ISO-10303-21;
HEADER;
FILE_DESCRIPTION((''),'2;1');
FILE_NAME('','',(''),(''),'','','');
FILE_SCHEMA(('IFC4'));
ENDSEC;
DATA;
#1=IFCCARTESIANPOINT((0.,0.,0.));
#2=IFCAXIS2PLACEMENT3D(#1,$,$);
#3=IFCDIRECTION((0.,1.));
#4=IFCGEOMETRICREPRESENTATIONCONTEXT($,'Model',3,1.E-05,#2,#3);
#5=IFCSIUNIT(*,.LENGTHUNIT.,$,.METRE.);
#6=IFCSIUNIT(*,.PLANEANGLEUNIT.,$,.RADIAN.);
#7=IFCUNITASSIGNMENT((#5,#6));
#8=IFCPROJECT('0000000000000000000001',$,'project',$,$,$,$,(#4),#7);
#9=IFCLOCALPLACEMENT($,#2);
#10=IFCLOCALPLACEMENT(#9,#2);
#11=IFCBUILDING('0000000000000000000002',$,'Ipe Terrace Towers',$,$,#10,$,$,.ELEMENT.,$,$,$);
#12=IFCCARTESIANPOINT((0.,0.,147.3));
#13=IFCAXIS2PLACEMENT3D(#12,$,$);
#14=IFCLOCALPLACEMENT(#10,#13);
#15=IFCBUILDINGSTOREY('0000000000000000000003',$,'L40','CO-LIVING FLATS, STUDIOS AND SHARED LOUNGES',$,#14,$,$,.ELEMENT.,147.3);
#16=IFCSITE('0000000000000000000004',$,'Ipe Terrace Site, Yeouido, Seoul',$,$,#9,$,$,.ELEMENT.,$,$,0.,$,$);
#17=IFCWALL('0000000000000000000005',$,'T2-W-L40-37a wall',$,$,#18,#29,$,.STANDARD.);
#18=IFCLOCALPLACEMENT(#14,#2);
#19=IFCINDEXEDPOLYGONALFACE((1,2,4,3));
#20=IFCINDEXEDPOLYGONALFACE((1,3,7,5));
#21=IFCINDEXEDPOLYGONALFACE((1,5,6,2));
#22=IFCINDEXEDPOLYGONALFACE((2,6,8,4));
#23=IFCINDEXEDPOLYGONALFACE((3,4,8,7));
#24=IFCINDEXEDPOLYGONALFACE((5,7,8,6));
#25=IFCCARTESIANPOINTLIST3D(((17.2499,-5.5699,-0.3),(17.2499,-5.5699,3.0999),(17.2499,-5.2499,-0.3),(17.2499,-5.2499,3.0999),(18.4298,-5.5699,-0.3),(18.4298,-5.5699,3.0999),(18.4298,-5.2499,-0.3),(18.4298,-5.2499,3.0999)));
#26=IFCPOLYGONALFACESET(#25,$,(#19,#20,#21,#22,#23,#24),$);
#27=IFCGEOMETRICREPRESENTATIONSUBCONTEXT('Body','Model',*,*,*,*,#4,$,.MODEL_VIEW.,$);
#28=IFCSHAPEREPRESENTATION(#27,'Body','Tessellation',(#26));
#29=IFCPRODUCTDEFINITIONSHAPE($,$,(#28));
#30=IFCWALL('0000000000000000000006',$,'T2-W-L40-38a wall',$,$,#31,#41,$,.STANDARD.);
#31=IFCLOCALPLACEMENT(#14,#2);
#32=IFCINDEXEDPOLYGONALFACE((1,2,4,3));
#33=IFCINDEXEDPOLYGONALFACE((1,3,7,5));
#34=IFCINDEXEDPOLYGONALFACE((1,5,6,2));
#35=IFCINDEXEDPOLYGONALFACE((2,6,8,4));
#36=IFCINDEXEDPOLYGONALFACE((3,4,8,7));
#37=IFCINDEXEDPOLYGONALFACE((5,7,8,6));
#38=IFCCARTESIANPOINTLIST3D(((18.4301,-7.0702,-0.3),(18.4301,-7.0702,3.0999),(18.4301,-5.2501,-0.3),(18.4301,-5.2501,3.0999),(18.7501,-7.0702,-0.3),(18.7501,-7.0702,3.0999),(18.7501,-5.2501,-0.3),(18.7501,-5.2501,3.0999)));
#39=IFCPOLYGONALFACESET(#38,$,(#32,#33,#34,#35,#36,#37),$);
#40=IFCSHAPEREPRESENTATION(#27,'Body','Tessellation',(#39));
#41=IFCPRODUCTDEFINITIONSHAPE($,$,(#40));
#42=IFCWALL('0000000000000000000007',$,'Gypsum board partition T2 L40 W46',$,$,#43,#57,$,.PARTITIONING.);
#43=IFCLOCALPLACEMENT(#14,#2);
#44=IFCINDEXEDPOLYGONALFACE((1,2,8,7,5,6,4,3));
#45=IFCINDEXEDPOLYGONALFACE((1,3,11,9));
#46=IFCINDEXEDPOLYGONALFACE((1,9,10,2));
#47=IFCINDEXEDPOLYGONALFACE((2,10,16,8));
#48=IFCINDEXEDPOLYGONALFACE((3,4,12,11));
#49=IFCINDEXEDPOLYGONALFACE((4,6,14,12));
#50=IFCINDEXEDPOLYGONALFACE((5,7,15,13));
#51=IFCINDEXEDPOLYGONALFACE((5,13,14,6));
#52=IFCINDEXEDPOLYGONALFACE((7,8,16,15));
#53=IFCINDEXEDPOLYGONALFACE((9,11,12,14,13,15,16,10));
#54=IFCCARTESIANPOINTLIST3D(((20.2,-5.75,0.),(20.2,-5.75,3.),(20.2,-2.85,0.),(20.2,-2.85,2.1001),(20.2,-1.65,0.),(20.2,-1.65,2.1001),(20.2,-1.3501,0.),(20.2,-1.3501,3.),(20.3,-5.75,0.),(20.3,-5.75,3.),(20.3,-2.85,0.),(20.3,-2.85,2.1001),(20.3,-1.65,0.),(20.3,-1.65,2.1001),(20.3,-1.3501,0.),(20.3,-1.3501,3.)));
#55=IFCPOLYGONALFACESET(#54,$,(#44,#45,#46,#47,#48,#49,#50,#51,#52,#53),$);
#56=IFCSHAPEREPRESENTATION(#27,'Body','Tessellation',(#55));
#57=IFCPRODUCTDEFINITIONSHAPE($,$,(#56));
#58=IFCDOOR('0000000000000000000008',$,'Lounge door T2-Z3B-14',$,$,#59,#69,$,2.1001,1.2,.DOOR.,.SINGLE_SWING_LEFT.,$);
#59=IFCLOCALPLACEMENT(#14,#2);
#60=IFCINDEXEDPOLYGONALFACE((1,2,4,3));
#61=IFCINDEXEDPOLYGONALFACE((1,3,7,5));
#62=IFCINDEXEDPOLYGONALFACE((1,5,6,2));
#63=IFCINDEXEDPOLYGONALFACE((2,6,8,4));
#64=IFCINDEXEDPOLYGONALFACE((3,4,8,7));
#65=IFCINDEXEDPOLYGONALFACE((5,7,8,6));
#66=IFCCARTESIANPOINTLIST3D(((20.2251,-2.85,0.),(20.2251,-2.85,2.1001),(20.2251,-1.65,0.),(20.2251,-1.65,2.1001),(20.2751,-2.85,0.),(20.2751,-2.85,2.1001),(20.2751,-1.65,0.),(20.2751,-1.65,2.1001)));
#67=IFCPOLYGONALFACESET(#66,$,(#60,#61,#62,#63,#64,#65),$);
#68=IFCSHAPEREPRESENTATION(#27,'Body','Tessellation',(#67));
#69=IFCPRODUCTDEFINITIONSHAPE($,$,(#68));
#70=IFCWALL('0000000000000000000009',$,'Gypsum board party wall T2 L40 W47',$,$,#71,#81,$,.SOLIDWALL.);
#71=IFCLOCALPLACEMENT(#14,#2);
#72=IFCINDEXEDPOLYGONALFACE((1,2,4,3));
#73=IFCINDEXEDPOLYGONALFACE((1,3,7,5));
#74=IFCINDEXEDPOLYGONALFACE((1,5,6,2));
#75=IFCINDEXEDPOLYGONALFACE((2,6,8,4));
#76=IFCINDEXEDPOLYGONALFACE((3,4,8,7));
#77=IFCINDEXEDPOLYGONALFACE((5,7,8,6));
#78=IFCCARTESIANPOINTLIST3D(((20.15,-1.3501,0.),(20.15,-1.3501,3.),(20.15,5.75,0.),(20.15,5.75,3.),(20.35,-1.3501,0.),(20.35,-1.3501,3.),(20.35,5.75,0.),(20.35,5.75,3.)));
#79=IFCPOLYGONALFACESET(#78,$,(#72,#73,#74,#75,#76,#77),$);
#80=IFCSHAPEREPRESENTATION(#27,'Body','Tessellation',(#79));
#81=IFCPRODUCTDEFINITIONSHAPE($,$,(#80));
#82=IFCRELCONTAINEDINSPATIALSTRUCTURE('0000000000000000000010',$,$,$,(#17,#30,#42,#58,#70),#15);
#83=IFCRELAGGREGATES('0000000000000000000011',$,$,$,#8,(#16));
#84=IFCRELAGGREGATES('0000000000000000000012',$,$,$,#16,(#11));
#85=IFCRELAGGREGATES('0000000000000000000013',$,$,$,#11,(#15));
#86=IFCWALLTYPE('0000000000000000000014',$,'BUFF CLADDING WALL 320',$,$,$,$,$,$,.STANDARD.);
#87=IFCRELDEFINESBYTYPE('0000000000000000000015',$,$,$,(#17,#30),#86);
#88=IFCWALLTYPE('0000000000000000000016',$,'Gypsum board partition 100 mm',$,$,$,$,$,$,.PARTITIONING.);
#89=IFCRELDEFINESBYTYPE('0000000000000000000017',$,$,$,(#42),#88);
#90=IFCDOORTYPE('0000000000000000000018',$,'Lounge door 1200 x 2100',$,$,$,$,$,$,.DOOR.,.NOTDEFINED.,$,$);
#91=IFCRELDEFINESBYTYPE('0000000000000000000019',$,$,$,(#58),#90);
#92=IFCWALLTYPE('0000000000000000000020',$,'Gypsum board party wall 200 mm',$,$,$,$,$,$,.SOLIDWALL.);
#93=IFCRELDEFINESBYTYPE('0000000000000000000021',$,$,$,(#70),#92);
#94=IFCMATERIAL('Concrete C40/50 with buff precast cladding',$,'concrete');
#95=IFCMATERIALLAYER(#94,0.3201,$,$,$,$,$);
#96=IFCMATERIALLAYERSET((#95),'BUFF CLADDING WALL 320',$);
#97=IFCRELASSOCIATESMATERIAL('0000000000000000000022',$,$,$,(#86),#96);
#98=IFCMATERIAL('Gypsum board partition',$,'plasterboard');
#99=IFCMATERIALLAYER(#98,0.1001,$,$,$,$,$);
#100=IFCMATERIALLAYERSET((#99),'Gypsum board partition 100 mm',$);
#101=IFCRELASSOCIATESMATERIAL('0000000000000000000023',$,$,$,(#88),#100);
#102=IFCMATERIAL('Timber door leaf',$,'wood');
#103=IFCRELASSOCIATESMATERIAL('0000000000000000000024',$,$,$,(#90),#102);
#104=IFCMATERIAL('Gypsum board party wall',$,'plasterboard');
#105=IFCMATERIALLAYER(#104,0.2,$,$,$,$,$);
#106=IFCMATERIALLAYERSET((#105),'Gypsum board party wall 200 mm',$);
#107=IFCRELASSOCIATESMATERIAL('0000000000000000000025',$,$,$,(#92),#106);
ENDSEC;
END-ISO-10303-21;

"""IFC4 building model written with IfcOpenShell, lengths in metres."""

from ifc_helpers import new_model, si_unit, direction, frame, frame_2d, origin, place, context, subcontext, project, spatial, rectangle, extrude, material, layer, layer_set, type_object, element, fill, save


model = new_model("IFC4")

# Units and contexts
model_context = context("Model", 3, precision=1e-05, world=origin(), true_north=direction((0.0, 1.0)))
body_context = subcontext(model_context, "Body", "Model", "MODEL_VIEW")
ifc_project = project(units=[si_unit("LENGTHUNIT", "METRE"), si_unit("PLANEANGLEUNIT", "RADIAN")], contexts=[model_context])

# Site, building, storey
site_placement = place(None, origin())
site = spatial("IfcSite", under=ifc_project, at=site_placement, Name="Ipe Terrace Site, Yeouido, Seoul", CompositionType="ELEMENT", RefElevation=0.0)
building_placement = place(site_placement, origin())
building = spatial("IfcBuilding", under=site, at=building_placement, Name="Ipe Terrace Towers", CompositionType="ELEMENT")
storey_placement = place(building_placement, frame((0.0, 0.0, 147.3)))
storey = spatial("IfcBuildingStorey", under=building, at=storey_placement, Name="L40", Description="CO-LIVING FLATS, STUDIOS AND SHARED LOUNGES", CompositionType="ELEMENT", Elevation=147.3)

# Walls
ifc_material_1 = material(Name="Concrete C40/50 with buff precast cladding", Category="concrete")
ifc_layer_1 = layer(ifc_material_1, 0.3201)
ifc_layer_set_1 = layer_set([ifc_layer_1], Name="BUFF CLADDING WALL 320")
wall_type_1 = type_object("IfcWallType", Name="BUFF CLADDING WALL 320", PredefinedType="STANDARD", material=ifc_layer_set_1)
wall_1_placement = place(storey_placement, frame((17.25, -5.4099, -0.3), z_axis=(0.0, 0.0, 1.0), x_axis=(1.0, 0.0, 0.0)))
element("IfcWall", 1, at=wall_1_placement, inside=storey, type_object=wall_type_1, Name="T2-W-L40-37a wall", PredefinedType="STANDARD", context=body_context, shape_type="SweptSolid", body=[
    extrude(rectangle(XDim=1.1799, YDim=0.3201, at=frame_2d((0.5898, 0.0))), origin(), (0.0, 0.0, 1.0), 3.3999),
])
wall_2_placement = place(storey_placement, frame((18.5901, -5.25, -0.3), z_axis=(0.0, 0.0, 1.0), x_axis=(0.0, -1.0, 0.0)))
element("IfcWall", 2, at=wall_2_placement, inside=storey, type_object=wall_type_1, Name="T2-W-L40-38a wall", PredefinedType="STANDARD", context=body_context, shape_type="SweptSolid", body=[
    extrude(rectangle(XDim=1.8201, YDim=0.3201, at=frame_2d((0.9102, 0.0))), origin(), (0.0, 0.0, 1.0), 3.3999),
])

# Wall, opening, door
ifc_material_2 = material(Name="Gypsum board partition", Category="plasterboard")
ifc_layer_2 = layer(ifc_material_2, 0.1001)
ifc_layer_set_2 = layer_set([ifc_layer_2], Name="Gypsum board partition 100 mm")
wall_type_2 = type_object("IfcWallType", Name="Gypsum board partition 100 mm", PredefinedType="PARTITIONING", material=ifc_layer_set_2)
wall_3_placement = place(storey_placement, frame((20.25, -5.75, 0.0), z_axis=(0.0, 0.0, 1.0), x_axis=(0.0, 1.0, 0.0)))
wall_3 = element("IfcWall", 3, at=wall_3_placement, inside=storey, type_object=wall_type_2, Name="Gypsum board partition T2 L40 W46", PredefinedType="PARTITIONING", context=body_context, shape_type="SweptSolid", body=[
    extrude(rectangle(XDim=4.3999, YDim=0.1001, at=frame_2d((2.2, 0.0))), origin(), (0.0, 0.0, 1.0), 3.0),
])
opening_placement = place(wall_3_placement, frame((2.8999, 0.0, 0.0)))
opening = element("IfcOpeningElement", 4, at=opening_placement, cuts=wall_3, PredefinedType="OPENING", context=body_context, shape_type="SweptSolid", body=[
    extrude(rectangle(XDim=1.2, YDim=2.1001, at=frame_2d((0.6001, 1.05))), frame((0.0, 0.0601, 0.0), z_axis=(0.0, -1.0, 0.0), x_axis=(1.0, 0.0, 0.0)), (0.0, 0.0, 1.0), 0.1201),
])
ifc_material_3 = material(Name="Timber door leaf", Category="wood")
door_type = type_object("IfcDoorType", Name="Lounge door 1200 x 2100", OperationType="NOTDEFINED", PredefinedType="DOOR", material=ifc_material_3)
door_placement = place(opening_placement, origin())
door = element("IfcDoor", 5, at=door_placement, inside=storey, type_object=door_type, Name="Lounge door T2-Z3B-14", OperationType="SINGLE_SWING_LEFT", OverallHeight=2.1001, OverallWidth=1.2, PredefinedType="DOOR", context=body_context, shape_type="SweptSolid", body=[
    extrude(rectangle(XDim=1.2, YDim=2.1001, at=frame_2d((0.6001, 1.05))), frame((0.0, 0.0249, 0.0), z_axis=(0.0, -1.0, 0.0), x_axis=(1.0, 0.0, 0.0)), (0.0, 0.0, 1.0), 0.05),
])
fill(opening, door)

# Wall
ifc_material_4 = material(Name="Gypsum board party wall", Category="plasterboard")
ifc_layer_3 = layer(ifc_material_4, 0.2)
ifc_layer_set_3 = layer_set([ifc_layer_3], Name="Gypsum board party wall 200 mm")
wall_type_3 = type_object("IfcWallType", Name="Gypsum board party wall 200 mm", PredefinedType="SOLIDWALL", material=ifc_layer_set_3)
wall_4_placement = place(storey_placement, frame((20.25, -1.3501, 0.0), z_axis=(0.0, 0.0, 1.0), x_axis=(0.0, 1.0, 0.0)))
element("IfcWall", 6, at=wall_4_placement, inside=storey, type_object=wall_type_3, Name="Gypsum board party wall T2 L40 W47", PredefinedType="SOLIDWALL", context=body_context, shape_type="SweptSolid", body=[
    extrude(rectangle(XDim=7.1001, YDim=0.2, at=frame_2d((3.55, 0.0))), origin(), (0.0, 0.0, 1.0), 3.0),
])

save(model, "model.ifc")
